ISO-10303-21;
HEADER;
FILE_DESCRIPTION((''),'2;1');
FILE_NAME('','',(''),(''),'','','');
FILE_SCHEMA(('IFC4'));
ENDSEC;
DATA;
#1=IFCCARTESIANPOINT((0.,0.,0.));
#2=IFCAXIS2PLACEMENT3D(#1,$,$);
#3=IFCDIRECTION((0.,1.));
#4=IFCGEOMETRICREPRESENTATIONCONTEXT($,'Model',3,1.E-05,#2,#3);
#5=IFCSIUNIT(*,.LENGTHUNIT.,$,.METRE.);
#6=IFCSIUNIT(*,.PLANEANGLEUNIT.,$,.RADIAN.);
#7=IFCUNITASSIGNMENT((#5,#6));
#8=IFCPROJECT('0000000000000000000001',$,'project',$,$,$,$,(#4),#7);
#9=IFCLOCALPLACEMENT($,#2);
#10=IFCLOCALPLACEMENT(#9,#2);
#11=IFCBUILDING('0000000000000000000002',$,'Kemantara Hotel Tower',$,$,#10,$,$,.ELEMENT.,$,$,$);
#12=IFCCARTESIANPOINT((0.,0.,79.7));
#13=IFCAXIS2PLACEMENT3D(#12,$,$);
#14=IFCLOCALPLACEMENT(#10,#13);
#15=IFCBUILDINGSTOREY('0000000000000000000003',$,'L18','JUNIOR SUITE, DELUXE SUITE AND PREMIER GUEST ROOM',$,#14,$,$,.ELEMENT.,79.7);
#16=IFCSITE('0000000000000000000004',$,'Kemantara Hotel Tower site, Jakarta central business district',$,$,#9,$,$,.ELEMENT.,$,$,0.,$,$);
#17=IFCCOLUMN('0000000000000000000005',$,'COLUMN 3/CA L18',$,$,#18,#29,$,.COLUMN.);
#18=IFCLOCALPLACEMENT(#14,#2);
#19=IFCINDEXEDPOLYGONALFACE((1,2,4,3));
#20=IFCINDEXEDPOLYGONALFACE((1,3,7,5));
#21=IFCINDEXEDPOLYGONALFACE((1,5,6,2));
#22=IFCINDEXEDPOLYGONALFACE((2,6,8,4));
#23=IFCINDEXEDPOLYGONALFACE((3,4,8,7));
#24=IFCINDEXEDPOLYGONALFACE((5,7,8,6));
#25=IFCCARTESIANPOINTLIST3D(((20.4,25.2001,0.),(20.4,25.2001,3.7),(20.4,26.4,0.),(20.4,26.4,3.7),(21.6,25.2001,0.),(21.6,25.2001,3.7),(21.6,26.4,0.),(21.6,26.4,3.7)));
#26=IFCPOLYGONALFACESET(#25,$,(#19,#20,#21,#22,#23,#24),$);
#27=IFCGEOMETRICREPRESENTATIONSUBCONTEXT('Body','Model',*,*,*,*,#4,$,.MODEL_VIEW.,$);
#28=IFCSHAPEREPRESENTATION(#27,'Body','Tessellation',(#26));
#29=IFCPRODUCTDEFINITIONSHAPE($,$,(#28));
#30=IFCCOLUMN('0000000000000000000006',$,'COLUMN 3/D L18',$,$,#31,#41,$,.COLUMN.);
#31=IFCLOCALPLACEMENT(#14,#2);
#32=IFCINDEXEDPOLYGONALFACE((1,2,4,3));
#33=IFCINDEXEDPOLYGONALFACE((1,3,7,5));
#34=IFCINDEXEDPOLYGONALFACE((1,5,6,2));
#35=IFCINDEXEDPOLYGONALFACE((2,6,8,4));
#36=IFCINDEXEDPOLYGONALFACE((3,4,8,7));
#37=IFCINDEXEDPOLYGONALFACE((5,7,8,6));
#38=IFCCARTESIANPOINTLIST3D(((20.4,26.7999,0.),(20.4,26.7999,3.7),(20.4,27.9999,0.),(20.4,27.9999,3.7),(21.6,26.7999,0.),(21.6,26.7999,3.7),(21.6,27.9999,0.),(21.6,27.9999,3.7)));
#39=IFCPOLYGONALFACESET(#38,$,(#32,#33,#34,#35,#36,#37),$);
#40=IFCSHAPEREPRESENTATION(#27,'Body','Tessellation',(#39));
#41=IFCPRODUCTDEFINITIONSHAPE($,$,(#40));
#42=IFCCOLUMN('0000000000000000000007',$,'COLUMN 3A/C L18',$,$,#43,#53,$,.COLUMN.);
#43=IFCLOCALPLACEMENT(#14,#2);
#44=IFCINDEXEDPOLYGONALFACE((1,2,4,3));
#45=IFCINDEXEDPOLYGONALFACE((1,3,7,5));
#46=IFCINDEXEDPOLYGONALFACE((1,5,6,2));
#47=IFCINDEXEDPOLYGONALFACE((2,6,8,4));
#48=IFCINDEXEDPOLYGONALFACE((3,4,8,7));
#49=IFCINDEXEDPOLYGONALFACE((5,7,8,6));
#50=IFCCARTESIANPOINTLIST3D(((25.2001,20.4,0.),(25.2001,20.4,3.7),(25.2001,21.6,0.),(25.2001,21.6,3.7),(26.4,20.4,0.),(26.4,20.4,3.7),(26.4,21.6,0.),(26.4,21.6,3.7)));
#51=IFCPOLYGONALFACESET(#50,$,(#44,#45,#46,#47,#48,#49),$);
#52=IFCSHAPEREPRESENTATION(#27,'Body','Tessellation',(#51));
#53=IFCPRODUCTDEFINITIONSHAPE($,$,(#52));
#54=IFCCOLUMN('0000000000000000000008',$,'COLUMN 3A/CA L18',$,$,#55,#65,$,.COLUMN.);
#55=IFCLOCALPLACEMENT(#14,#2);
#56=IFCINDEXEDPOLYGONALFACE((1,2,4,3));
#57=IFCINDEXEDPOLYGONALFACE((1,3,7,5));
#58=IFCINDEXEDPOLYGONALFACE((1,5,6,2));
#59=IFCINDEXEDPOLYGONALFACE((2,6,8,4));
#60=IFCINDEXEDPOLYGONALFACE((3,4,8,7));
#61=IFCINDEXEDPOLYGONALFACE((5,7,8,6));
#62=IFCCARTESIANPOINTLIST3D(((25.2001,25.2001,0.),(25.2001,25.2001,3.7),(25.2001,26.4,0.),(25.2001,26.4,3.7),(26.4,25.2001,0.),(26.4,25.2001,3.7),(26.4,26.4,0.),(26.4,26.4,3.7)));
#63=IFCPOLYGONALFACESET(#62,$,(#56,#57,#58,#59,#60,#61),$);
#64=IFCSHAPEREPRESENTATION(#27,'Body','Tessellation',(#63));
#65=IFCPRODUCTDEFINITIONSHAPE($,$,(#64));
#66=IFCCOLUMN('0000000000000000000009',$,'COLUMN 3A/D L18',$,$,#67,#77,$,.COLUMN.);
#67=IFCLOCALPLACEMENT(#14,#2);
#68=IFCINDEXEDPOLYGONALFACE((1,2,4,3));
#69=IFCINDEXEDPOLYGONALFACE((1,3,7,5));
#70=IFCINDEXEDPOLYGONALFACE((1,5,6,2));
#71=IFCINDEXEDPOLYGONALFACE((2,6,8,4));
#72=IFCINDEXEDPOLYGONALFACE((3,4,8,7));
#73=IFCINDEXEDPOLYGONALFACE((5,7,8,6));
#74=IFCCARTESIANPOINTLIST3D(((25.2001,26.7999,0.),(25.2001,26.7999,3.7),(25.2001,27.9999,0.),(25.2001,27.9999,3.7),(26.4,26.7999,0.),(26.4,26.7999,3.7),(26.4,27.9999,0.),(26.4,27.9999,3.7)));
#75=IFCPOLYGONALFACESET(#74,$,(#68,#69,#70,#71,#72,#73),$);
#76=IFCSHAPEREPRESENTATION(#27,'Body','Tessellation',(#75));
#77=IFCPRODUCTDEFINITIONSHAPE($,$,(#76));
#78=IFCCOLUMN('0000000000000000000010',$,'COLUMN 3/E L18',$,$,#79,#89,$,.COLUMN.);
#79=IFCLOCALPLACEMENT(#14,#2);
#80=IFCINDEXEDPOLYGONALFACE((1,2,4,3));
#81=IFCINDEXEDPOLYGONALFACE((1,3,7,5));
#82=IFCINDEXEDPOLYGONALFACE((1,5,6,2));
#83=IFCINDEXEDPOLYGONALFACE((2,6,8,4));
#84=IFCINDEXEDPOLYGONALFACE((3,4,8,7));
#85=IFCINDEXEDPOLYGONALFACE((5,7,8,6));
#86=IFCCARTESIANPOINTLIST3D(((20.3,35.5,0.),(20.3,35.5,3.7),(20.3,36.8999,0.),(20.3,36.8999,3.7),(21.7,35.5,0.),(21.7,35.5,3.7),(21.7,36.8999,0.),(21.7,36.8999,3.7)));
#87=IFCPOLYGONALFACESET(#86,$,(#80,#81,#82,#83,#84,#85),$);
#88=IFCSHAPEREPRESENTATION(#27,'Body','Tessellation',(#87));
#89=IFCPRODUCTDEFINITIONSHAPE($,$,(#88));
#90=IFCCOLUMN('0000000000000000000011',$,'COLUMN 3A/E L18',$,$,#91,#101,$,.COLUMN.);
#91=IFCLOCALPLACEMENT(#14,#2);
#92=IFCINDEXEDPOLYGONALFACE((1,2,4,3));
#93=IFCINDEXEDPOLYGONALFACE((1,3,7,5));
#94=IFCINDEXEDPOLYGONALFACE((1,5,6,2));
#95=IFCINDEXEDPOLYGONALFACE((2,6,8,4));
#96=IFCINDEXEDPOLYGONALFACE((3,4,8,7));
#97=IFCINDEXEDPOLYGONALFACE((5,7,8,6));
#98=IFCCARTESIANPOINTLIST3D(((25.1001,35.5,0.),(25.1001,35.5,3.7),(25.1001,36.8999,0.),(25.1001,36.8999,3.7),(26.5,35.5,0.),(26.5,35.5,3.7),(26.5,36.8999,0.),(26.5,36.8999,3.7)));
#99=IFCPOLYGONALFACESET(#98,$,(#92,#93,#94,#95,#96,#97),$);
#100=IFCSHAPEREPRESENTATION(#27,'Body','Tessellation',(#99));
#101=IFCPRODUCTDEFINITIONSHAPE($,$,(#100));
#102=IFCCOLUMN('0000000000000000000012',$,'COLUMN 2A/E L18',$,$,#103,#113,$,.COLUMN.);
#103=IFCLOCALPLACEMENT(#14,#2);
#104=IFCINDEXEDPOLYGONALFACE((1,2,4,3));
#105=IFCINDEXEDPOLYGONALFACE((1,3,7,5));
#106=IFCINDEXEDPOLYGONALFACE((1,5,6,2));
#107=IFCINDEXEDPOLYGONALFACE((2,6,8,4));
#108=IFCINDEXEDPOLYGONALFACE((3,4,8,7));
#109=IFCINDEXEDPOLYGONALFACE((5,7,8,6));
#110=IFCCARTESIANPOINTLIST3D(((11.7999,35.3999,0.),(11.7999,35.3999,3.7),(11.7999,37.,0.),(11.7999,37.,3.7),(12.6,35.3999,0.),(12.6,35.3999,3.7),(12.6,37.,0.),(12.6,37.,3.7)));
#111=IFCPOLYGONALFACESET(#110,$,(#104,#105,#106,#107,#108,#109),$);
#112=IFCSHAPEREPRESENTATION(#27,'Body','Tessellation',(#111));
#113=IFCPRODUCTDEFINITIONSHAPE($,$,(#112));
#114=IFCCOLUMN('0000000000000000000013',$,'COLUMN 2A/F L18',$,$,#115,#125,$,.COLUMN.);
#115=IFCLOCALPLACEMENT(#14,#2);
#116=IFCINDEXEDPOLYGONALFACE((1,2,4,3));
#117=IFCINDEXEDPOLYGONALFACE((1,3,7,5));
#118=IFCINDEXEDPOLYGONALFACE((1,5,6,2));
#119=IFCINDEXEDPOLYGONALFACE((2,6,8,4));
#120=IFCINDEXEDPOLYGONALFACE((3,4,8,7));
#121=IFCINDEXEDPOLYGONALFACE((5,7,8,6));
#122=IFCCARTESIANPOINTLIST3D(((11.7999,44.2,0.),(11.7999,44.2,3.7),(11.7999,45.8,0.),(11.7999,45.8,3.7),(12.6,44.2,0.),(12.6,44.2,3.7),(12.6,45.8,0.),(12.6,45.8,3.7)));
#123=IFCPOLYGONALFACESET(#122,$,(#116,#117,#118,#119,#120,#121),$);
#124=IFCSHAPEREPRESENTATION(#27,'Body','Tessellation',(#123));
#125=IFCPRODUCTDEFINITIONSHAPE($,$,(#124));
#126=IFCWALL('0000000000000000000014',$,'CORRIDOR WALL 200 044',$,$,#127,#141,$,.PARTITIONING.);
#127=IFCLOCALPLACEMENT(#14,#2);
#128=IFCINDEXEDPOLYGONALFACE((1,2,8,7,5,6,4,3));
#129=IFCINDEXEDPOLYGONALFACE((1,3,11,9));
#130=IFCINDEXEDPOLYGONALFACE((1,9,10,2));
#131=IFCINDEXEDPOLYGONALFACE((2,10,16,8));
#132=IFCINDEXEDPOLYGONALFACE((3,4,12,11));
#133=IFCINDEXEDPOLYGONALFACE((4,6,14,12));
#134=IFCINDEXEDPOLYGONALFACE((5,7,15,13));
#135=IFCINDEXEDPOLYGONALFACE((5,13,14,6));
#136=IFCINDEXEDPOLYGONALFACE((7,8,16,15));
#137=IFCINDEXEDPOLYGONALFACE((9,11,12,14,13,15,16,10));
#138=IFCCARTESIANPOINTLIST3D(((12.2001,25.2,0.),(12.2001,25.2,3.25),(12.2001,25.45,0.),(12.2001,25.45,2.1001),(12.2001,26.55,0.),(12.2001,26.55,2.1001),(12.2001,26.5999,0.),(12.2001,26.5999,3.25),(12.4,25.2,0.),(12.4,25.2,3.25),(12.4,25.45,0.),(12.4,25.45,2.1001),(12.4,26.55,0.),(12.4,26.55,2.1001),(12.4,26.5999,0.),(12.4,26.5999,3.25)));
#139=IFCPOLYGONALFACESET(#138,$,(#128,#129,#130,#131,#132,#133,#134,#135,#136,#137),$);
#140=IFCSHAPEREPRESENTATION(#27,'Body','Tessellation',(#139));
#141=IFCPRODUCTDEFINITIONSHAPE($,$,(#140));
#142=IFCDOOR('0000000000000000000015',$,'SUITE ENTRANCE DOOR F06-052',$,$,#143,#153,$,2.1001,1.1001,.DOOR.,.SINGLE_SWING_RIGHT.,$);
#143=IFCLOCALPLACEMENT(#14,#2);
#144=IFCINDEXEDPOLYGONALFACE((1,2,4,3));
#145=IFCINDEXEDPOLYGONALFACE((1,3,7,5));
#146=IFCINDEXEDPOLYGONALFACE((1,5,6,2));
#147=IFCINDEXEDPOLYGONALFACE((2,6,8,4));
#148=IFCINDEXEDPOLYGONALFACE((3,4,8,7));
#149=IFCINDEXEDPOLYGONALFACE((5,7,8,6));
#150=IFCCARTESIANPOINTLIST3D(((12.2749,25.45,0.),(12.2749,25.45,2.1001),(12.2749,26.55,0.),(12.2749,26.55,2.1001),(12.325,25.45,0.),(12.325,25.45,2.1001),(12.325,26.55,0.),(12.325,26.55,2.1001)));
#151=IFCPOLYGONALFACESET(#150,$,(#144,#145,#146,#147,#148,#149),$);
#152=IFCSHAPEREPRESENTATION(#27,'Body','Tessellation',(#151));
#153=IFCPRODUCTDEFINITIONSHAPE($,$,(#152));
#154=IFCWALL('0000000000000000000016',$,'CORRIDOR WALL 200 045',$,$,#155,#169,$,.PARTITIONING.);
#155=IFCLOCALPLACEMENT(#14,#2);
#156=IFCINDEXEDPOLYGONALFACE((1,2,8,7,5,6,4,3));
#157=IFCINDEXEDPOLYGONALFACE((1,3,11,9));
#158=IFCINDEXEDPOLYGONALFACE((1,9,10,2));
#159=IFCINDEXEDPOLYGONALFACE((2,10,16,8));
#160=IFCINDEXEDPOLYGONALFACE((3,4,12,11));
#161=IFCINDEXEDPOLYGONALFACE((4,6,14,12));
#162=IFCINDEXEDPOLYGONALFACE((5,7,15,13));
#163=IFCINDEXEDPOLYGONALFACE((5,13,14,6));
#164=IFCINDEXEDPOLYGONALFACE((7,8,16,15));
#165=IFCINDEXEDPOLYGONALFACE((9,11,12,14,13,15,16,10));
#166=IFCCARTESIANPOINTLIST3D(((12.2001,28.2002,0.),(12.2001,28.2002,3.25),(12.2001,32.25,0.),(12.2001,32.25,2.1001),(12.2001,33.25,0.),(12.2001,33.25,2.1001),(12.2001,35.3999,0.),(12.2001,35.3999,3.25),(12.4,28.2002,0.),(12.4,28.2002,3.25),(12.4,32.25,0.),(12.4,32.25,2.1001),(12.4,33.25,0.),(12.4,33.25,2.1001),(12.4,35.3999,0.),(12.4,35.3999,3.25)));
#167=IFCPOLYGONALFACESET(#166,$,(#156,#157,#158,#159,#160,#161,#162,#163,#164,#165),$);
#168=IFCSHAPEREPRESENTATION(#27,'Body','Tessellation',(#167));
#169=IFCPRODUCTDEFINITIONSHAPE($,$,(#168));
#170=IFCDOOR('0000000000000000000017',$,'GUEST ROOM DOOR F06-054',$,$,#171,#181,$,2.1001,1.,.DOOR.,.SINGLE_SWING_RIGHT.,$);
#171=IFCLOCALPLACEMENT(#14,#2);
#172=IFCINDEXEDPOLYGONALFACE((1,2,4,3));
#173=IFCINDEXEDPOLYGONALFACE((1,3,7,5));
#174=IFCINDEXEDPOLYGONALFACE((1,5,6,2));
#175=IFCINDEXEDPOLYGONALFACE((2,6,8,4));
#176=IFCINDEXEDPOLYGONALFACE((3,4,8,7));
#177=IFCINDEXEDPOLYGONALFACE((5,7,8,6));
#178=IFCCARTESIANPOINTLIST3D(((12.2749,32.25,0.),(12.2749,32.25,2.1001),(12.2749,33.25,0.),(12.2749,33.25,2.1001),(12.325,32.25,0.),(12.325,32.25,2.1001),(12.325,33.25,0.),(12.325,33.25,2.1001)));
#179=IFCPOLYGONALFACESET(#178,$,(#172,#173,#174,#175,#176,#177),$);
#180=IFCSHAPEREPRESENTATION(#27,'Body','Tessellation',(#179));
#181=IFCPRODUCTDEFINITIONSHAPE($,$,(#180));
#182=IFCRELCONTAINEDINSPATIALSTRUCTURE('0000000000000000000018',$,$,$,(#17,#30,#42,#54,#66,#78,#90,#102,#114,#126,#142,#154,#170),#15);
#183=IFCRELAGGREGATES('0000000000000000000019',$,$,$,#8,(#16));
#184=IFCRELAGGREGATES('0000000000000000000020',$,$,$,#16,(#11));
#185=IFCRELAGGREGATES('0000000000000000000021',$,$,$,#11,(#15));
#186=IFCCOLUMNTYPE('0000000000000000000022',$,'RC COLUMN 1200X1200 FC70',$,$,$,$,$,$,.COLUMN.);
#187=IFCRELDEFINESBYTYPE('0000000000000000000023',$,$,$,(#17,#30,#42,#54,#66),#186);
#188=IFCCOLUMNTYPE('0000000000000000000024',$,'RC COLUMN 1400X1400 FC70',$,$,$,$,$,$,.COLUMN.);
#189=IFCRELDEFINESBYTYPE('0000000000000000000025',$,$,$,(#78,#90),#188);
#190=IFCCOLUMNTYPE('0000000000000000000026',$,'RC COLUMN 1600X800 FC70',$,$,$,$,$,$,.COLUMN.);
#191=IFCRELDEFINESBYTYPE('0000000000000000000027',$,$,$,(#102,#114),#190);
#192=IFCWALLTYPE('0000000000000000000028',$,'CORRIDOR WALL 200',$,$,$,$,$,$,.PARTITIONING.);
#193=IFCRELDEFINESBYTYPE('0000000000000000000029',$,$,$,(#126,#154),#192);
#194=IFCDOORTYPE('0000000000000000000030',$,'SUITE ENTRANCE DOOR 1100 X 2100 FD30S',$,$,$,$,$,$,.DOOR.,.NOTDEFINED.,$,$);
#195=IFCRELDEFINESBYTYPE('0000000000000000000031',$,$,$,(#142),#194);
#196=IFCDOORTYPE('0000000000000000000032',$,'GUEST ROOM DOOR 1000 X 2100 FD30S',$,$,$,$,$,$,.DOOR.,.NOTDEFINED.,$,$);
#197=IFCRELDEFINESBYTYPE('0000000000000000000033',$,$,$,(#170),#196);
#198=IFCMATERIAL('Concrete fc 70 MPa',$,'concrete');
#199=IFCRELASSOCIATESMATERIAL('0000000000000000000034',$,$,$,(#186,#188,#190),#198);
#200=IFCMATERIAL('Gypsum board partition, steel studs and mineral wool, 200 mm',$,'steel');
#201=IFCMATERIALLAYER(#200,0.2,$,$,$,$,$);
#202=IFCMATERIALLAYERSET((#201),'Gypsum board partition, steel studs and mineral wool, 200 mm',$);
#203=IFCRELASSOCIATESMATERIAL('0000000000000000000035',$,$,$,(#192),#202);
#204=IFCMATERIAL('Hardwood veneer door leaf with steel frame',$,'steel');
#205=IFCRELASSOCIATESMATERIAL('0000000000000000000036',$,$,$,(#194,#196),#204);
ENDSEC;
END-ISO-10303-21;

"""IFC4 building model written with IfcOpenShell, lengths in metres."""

from ifc_helpers import new_model, si_unit, direction, frame, frame_2d, origin, origin_2d, place, context, subcontext, project, spatial, rectangle, extrude, material, layer, layer_set, material_profile, profile_set, type_object, element, fill, save


model = new_model("IFC4")

# Units and contexts
model_context = context("Model", 3, precision=1e-05, world=origin(), true_north=direction((0.0, 1.0)))
body_context = subcontext(model_context, "Body", "Model", "MODEL_VIEW")
ifc_project = project(units=[si_unit("LENGTHUNIT", "METRE"), si_unit("PLANEANGLEUNIT", "RADIAN")], contexts=[model_context])

# Site, building, storey
site_placement = place(None, origin())
site = spatial("IfcSite", under=ifc_project, at=site_placement, Name="Kemantara Hotel Tower site, Jakarta central business district", CompositionType="ELEMENT", RefElevation=0.0)
building_placement = place(site_placement, origin())
building = spatial("IfcBuilding", under=site, at=building_placement, Name="Kemantara Hotel Tower", CompositionType="ELEMENT")
storey_placement = place(building_placement, frame((0.0, 0.0, 79.7)))
storey = spatial("IfcBuildingStorey", under=building, at=storey_placement, Name="L18", Description="JUNIOR SUITE, DELUXE SUITE AND PREMIER GUEST ROOM", CompositionType="ELEMENT", Elevation=79.7)

# Columns
ifc_material_1 = material(Name="Concrete fc 70 MPa", Category="concrete")
ifc_material_profile_1 = material_profile(ifc_material_1, rectangle(XDim=1.2, YDim=1.2, at=origin_2d()), Name="RC 1200X1200")
ifc_profile_set_1 = profile_set([ifc_material_profile_1], Name="Concrete fc 70 MPa")
column_type_1 = type_object("IfcColumnType", Name="RC COLUMN 1200X1200 FC70", PredefinedType="COLUMN", material=ifc_profile_set_1)
for number, where, z_axis, x_axis, name in (
    (1, (21.0, 25.8, 0.0), (0.0, 0.0, 1.0), (1.0, 0.0, 0.0), "COLUMN 3/CA L18"),
    (2, (21.0, 27.3999, 0.0), (0.0, 0.0, 1.0), (1.0, 0.0, 0.0), "COLUMN 3/D L18"),
    (3, (25.8, 21.0, 0.0), (0.0, 0.0, 1.0), (1.0, 0.0, 0.0), "COLUMN 3A/C L18"),
    (4, (25.8, 25.8, 0.0), (0.0, 0.0, 1.0), (1.0, 0.0, 0.0), "COLUMN 3A/CA L18"),
    (5, (25.8, 27.3999, 0.0), (0.0, 0.0, 1.0), (1.0, 0.0, 0.0), "COLUMN 3A/D L18"),
):
    element("IfcColumn", number, at=place(storey_placement, frame(where, z_axis=z_axis, x_axis=x_axis)), inside=storey, type_object=column_type_1, Name=name, PredefinedType="COLUMN", context=body_context, shape_type="SweptSolid", body=[
        extrude(rectangle(XDim=1.2, YDim=1.2, at=origin_2d()), origin(), (0.0, 0.0, 1.0), 3.7),
    ])
ifc_material_profile_2 = material_profile(ifc_material_1, rectangle(XDim=1.3999, YDim=1.3999, at=origin_2d()), Name="RC 1400X1400")
ifc_profile_set_2 = profile_set([ifc_material_profile_2], Name="Concrete fc 70 MPa")
column_type_2 = type_object("IfcColumnType", Name="RC COLUMN 1400X1400 FC70", PredefinedType="COLUMN", material=ifc_profile_set_2)
for number, where, z_axis, x_axis, name in (
    (6, (21.0, 36.2, 0.0), (0.0, 0.0, 1.0), (1.0, 0.0, 0.0), "COLUMN 3/E L18"),
    (7, (25.8, 36.2, 0.0), (0.0, 0.0, 1.0), (1.0, 0.0, 0.0), "COLUMN 3A/E L18"),
):
    element("IfcColumn", number, at=place(storey_placement, frame(where, z_axis=z_axis, x_axis=x_axis)), inside=storey, type_object=column_type_2, Name=name, PredefinedType="COLUMN", context=body_context, shape_type="SweptSolid", body=[
        extrude(rectangle(XDim=1.3999, YDim=1.3999, at=origin_2d()), origin(), (0.0, 0.0, 1.0), 3.7),
    ])
ifc_material_profile_3 = material_profile(ifc_material_1, rectangle(XDim=1.6001, YDim=0.8, at=origin_2d()), Name="RC 1600X800")
ifc_profile_set_3 = profile_set([ifc_material_profile_3], Name="Concrete fc 70 MPa")
column_type_3 = type_object("IfcColumnType", Name="RC COLUMN 1600X800 FC70", PredefinedType="COLUMN", material=ifc_profile_set_3)
for number, where, z_axis, x_axis, name in (
    (8, (12.2, 36.2, 0.0), (0.0, 0.0, 1.0), (0.0, 1.0, 0.0), "COLUMN 2A/E L18"),
    (9, (12.2, 45.0, 0.0), (0.0, 0.0, 1.0), (0.0, 1.0, 0.0), "COLUMN 2A/F L18"),
):
    element("IfcColumn", number, at=place(storey_placement, frame(where, z_axis=z_axis, x_axis=x_axis)), inside=storey, type_object=column_type_3, Name=name, PredefinedType="COLUMN", context=body_context, shape_type="SweptSolid", body=[
        extrude(rectangle(XDim=1.6001, YDim=0.8, at=origin_2d()), origin(), (0.0, 0.0, 1.0), 3.7),
    ])

# Walls, openings, doors
ifc_material_2 = material(Name="Gypsum board partition, steel studs and mineral wool, 200 mm", Category="steel")
ifc_layer_1 = layer(ifc_material_2, 0.2)
ifc_layer_set_1 = layer_set([ifc_layer_1], Name="Gypsum board partition, steel studs and mineral wool, 200 mm")
wall_type_1 = type_object("IfcWallType", Name="CORRIDOR WALL 200", PredefinedType="PARTITIONING", material=ifc_layer_set_1)
wall_1_placement = place(storey_placement, frame((12.3, 26.5999, 0.0), z_axis=(0.0, 0.0, 1.0), x_axis=(0.0, -1.0, 0.0)))
wall_1 = element("IfcWall", 10, at=wall_1_placement, inside=storey, type_object=wall_type_1, Name="CORRIDOR WALL 200 044", PredefinedType="PARTITIONING", context=body_context, shape_type="SweptSolid", body=[
    extrude(rectangle(XDim=1.3999, YDim=0.2, at=frame_2d((0.7, 0.0))), origin(), (0.0, 0.0, 1.0), 3.25),
])
opening_1_placement = place(wall_1_placement, frame((0.0498, 0.0, 0.0)))
opening_1 = element("IfcOpeningElement", 11, at=opening_1_placement, cuts=wall_1, PredefinedType="OPENING", context=body_context, shape_type="SweptSolid", body=[
    extrude(rectangle(XDim=1.1001, YDim=2.1001, at=frame_2d((0.55, 1.05))), frame((0.0, 0.1099, 0.0), z_axis=(0.0, -1.0, 0.0), x_axis=(1.0, 0.0, 0.0)), (0.0, 0.0, 1.0), 0.22),
])
ifc_material_3 = material(Name="Hardwood veneer door leaf with steel frame", Category="steel")
door_type_1 = type_object("IfcDoorType", Name="SUITE ENTRANCE DOOR 1100 X 2100 FD30S", OperationType="NOTDEFINED", PredefinedType="DOOR", material=ifc_material_3)
door_1_placement = place(opening_1_placement, origin())
door_1 = element("IfcDoor", 12, at=door_1_placement, inside=storey, type_object=door_type_1, Name="SUITE ENTRANCE DOOR F06-052", OperationType="SINGLE_SWING_RIGHT", OverallHeight=2.1001, OverallWidth=1.1001, PredefinedType="DOOR", context=body_context, shape_type="SweptSolid", body=[
    extrude(rectangle(XDim=1.1001, YDim=2.1001, at=frame_2d((0.55, 1.05))), frame((0.0, 0.0249, 0.0), z_axis=(0.0, -1.0, 0.0), x_axis=(1.0, 0.0, 0.0)), (0.0, 0.0, 1.0), 0.05),
])
fill(opening_1, door_1)
wall_2_placement = place(storey_placement, frame((12.3, 35.3999, 0.0), z_axis=(0.0, 0.0, 1.0), x_axis=(0.0, -1.0, 0.0)))
wall_2 = element("IfcWall", 13, at=wall_2_placement, inside=storey, type_object=wall_type_1, Name="CORRIDOR WALL 200 045", PredefinedType="PARTITIONING", context=body_context, shape_type="SweptSolid", body=[
    extrude(rectangle(XDim=7.1997, YDim=0.2, at=frame_2d((3.5999, 0.0))), origin(), (0.0, 0.0, 1.0), 3.25),
])
opening_2_placement = place(wall_2_placement, frame((2.1499, 0.0, 0.0)))
opening_2 = element("IfcOpeningElement", 14, at=opening_2_placement, cuts=wall_2, PredefinedType="OPENING", context=body_context, shape_type="SweptSolid", body=[
    extrude(rectangle(XDim=1.0, YDim=2.1001, at=frame_2d((0.5, 1.05))), frame((0.0, 0.1099, 0.0), z_axis=(0.0, -1.0, 0.0), x_axis=(1.0, 0.0, 0.0)), (0.0, 0.0, 1.0), 0.22),
])
door_type_2 = type_object("IfcDoorType", Name="GUEST ROOM DOOR 1000 X 2100 FD30S", OperationType="NOTDEFINED", PredefinedType="DOOR", material=ifc_material_3)
door_2_placement = place(opening_2_placement, origin())
door_2 = element("IfcDoor", 15, at=door_2_placement, inside=storey, type_object=door_type_2, Name="GUEST ROOM DOOR F06-054", OperationType="SINGLE_SWING_RIGHT", OverallHeight=2.1001, OverallWidth=1.0, PredefinedType="DOOR", context=body_context, shape_type="SweptSolid", body=[
    extrude(rectangle(XDim=1.0, YDim=2.1001, at=frame_2d((0.5, 1.05))), frame((0.0, 0.0249, 0.0), z_axis=(0.0, -1.0, 0.0), x_axis=(1.0, 0.0, 0.0)), (0.0, 0.0, 1.0), 0.05),
])
fill(opening_2, door_2)

save(model, "model.ifc")
